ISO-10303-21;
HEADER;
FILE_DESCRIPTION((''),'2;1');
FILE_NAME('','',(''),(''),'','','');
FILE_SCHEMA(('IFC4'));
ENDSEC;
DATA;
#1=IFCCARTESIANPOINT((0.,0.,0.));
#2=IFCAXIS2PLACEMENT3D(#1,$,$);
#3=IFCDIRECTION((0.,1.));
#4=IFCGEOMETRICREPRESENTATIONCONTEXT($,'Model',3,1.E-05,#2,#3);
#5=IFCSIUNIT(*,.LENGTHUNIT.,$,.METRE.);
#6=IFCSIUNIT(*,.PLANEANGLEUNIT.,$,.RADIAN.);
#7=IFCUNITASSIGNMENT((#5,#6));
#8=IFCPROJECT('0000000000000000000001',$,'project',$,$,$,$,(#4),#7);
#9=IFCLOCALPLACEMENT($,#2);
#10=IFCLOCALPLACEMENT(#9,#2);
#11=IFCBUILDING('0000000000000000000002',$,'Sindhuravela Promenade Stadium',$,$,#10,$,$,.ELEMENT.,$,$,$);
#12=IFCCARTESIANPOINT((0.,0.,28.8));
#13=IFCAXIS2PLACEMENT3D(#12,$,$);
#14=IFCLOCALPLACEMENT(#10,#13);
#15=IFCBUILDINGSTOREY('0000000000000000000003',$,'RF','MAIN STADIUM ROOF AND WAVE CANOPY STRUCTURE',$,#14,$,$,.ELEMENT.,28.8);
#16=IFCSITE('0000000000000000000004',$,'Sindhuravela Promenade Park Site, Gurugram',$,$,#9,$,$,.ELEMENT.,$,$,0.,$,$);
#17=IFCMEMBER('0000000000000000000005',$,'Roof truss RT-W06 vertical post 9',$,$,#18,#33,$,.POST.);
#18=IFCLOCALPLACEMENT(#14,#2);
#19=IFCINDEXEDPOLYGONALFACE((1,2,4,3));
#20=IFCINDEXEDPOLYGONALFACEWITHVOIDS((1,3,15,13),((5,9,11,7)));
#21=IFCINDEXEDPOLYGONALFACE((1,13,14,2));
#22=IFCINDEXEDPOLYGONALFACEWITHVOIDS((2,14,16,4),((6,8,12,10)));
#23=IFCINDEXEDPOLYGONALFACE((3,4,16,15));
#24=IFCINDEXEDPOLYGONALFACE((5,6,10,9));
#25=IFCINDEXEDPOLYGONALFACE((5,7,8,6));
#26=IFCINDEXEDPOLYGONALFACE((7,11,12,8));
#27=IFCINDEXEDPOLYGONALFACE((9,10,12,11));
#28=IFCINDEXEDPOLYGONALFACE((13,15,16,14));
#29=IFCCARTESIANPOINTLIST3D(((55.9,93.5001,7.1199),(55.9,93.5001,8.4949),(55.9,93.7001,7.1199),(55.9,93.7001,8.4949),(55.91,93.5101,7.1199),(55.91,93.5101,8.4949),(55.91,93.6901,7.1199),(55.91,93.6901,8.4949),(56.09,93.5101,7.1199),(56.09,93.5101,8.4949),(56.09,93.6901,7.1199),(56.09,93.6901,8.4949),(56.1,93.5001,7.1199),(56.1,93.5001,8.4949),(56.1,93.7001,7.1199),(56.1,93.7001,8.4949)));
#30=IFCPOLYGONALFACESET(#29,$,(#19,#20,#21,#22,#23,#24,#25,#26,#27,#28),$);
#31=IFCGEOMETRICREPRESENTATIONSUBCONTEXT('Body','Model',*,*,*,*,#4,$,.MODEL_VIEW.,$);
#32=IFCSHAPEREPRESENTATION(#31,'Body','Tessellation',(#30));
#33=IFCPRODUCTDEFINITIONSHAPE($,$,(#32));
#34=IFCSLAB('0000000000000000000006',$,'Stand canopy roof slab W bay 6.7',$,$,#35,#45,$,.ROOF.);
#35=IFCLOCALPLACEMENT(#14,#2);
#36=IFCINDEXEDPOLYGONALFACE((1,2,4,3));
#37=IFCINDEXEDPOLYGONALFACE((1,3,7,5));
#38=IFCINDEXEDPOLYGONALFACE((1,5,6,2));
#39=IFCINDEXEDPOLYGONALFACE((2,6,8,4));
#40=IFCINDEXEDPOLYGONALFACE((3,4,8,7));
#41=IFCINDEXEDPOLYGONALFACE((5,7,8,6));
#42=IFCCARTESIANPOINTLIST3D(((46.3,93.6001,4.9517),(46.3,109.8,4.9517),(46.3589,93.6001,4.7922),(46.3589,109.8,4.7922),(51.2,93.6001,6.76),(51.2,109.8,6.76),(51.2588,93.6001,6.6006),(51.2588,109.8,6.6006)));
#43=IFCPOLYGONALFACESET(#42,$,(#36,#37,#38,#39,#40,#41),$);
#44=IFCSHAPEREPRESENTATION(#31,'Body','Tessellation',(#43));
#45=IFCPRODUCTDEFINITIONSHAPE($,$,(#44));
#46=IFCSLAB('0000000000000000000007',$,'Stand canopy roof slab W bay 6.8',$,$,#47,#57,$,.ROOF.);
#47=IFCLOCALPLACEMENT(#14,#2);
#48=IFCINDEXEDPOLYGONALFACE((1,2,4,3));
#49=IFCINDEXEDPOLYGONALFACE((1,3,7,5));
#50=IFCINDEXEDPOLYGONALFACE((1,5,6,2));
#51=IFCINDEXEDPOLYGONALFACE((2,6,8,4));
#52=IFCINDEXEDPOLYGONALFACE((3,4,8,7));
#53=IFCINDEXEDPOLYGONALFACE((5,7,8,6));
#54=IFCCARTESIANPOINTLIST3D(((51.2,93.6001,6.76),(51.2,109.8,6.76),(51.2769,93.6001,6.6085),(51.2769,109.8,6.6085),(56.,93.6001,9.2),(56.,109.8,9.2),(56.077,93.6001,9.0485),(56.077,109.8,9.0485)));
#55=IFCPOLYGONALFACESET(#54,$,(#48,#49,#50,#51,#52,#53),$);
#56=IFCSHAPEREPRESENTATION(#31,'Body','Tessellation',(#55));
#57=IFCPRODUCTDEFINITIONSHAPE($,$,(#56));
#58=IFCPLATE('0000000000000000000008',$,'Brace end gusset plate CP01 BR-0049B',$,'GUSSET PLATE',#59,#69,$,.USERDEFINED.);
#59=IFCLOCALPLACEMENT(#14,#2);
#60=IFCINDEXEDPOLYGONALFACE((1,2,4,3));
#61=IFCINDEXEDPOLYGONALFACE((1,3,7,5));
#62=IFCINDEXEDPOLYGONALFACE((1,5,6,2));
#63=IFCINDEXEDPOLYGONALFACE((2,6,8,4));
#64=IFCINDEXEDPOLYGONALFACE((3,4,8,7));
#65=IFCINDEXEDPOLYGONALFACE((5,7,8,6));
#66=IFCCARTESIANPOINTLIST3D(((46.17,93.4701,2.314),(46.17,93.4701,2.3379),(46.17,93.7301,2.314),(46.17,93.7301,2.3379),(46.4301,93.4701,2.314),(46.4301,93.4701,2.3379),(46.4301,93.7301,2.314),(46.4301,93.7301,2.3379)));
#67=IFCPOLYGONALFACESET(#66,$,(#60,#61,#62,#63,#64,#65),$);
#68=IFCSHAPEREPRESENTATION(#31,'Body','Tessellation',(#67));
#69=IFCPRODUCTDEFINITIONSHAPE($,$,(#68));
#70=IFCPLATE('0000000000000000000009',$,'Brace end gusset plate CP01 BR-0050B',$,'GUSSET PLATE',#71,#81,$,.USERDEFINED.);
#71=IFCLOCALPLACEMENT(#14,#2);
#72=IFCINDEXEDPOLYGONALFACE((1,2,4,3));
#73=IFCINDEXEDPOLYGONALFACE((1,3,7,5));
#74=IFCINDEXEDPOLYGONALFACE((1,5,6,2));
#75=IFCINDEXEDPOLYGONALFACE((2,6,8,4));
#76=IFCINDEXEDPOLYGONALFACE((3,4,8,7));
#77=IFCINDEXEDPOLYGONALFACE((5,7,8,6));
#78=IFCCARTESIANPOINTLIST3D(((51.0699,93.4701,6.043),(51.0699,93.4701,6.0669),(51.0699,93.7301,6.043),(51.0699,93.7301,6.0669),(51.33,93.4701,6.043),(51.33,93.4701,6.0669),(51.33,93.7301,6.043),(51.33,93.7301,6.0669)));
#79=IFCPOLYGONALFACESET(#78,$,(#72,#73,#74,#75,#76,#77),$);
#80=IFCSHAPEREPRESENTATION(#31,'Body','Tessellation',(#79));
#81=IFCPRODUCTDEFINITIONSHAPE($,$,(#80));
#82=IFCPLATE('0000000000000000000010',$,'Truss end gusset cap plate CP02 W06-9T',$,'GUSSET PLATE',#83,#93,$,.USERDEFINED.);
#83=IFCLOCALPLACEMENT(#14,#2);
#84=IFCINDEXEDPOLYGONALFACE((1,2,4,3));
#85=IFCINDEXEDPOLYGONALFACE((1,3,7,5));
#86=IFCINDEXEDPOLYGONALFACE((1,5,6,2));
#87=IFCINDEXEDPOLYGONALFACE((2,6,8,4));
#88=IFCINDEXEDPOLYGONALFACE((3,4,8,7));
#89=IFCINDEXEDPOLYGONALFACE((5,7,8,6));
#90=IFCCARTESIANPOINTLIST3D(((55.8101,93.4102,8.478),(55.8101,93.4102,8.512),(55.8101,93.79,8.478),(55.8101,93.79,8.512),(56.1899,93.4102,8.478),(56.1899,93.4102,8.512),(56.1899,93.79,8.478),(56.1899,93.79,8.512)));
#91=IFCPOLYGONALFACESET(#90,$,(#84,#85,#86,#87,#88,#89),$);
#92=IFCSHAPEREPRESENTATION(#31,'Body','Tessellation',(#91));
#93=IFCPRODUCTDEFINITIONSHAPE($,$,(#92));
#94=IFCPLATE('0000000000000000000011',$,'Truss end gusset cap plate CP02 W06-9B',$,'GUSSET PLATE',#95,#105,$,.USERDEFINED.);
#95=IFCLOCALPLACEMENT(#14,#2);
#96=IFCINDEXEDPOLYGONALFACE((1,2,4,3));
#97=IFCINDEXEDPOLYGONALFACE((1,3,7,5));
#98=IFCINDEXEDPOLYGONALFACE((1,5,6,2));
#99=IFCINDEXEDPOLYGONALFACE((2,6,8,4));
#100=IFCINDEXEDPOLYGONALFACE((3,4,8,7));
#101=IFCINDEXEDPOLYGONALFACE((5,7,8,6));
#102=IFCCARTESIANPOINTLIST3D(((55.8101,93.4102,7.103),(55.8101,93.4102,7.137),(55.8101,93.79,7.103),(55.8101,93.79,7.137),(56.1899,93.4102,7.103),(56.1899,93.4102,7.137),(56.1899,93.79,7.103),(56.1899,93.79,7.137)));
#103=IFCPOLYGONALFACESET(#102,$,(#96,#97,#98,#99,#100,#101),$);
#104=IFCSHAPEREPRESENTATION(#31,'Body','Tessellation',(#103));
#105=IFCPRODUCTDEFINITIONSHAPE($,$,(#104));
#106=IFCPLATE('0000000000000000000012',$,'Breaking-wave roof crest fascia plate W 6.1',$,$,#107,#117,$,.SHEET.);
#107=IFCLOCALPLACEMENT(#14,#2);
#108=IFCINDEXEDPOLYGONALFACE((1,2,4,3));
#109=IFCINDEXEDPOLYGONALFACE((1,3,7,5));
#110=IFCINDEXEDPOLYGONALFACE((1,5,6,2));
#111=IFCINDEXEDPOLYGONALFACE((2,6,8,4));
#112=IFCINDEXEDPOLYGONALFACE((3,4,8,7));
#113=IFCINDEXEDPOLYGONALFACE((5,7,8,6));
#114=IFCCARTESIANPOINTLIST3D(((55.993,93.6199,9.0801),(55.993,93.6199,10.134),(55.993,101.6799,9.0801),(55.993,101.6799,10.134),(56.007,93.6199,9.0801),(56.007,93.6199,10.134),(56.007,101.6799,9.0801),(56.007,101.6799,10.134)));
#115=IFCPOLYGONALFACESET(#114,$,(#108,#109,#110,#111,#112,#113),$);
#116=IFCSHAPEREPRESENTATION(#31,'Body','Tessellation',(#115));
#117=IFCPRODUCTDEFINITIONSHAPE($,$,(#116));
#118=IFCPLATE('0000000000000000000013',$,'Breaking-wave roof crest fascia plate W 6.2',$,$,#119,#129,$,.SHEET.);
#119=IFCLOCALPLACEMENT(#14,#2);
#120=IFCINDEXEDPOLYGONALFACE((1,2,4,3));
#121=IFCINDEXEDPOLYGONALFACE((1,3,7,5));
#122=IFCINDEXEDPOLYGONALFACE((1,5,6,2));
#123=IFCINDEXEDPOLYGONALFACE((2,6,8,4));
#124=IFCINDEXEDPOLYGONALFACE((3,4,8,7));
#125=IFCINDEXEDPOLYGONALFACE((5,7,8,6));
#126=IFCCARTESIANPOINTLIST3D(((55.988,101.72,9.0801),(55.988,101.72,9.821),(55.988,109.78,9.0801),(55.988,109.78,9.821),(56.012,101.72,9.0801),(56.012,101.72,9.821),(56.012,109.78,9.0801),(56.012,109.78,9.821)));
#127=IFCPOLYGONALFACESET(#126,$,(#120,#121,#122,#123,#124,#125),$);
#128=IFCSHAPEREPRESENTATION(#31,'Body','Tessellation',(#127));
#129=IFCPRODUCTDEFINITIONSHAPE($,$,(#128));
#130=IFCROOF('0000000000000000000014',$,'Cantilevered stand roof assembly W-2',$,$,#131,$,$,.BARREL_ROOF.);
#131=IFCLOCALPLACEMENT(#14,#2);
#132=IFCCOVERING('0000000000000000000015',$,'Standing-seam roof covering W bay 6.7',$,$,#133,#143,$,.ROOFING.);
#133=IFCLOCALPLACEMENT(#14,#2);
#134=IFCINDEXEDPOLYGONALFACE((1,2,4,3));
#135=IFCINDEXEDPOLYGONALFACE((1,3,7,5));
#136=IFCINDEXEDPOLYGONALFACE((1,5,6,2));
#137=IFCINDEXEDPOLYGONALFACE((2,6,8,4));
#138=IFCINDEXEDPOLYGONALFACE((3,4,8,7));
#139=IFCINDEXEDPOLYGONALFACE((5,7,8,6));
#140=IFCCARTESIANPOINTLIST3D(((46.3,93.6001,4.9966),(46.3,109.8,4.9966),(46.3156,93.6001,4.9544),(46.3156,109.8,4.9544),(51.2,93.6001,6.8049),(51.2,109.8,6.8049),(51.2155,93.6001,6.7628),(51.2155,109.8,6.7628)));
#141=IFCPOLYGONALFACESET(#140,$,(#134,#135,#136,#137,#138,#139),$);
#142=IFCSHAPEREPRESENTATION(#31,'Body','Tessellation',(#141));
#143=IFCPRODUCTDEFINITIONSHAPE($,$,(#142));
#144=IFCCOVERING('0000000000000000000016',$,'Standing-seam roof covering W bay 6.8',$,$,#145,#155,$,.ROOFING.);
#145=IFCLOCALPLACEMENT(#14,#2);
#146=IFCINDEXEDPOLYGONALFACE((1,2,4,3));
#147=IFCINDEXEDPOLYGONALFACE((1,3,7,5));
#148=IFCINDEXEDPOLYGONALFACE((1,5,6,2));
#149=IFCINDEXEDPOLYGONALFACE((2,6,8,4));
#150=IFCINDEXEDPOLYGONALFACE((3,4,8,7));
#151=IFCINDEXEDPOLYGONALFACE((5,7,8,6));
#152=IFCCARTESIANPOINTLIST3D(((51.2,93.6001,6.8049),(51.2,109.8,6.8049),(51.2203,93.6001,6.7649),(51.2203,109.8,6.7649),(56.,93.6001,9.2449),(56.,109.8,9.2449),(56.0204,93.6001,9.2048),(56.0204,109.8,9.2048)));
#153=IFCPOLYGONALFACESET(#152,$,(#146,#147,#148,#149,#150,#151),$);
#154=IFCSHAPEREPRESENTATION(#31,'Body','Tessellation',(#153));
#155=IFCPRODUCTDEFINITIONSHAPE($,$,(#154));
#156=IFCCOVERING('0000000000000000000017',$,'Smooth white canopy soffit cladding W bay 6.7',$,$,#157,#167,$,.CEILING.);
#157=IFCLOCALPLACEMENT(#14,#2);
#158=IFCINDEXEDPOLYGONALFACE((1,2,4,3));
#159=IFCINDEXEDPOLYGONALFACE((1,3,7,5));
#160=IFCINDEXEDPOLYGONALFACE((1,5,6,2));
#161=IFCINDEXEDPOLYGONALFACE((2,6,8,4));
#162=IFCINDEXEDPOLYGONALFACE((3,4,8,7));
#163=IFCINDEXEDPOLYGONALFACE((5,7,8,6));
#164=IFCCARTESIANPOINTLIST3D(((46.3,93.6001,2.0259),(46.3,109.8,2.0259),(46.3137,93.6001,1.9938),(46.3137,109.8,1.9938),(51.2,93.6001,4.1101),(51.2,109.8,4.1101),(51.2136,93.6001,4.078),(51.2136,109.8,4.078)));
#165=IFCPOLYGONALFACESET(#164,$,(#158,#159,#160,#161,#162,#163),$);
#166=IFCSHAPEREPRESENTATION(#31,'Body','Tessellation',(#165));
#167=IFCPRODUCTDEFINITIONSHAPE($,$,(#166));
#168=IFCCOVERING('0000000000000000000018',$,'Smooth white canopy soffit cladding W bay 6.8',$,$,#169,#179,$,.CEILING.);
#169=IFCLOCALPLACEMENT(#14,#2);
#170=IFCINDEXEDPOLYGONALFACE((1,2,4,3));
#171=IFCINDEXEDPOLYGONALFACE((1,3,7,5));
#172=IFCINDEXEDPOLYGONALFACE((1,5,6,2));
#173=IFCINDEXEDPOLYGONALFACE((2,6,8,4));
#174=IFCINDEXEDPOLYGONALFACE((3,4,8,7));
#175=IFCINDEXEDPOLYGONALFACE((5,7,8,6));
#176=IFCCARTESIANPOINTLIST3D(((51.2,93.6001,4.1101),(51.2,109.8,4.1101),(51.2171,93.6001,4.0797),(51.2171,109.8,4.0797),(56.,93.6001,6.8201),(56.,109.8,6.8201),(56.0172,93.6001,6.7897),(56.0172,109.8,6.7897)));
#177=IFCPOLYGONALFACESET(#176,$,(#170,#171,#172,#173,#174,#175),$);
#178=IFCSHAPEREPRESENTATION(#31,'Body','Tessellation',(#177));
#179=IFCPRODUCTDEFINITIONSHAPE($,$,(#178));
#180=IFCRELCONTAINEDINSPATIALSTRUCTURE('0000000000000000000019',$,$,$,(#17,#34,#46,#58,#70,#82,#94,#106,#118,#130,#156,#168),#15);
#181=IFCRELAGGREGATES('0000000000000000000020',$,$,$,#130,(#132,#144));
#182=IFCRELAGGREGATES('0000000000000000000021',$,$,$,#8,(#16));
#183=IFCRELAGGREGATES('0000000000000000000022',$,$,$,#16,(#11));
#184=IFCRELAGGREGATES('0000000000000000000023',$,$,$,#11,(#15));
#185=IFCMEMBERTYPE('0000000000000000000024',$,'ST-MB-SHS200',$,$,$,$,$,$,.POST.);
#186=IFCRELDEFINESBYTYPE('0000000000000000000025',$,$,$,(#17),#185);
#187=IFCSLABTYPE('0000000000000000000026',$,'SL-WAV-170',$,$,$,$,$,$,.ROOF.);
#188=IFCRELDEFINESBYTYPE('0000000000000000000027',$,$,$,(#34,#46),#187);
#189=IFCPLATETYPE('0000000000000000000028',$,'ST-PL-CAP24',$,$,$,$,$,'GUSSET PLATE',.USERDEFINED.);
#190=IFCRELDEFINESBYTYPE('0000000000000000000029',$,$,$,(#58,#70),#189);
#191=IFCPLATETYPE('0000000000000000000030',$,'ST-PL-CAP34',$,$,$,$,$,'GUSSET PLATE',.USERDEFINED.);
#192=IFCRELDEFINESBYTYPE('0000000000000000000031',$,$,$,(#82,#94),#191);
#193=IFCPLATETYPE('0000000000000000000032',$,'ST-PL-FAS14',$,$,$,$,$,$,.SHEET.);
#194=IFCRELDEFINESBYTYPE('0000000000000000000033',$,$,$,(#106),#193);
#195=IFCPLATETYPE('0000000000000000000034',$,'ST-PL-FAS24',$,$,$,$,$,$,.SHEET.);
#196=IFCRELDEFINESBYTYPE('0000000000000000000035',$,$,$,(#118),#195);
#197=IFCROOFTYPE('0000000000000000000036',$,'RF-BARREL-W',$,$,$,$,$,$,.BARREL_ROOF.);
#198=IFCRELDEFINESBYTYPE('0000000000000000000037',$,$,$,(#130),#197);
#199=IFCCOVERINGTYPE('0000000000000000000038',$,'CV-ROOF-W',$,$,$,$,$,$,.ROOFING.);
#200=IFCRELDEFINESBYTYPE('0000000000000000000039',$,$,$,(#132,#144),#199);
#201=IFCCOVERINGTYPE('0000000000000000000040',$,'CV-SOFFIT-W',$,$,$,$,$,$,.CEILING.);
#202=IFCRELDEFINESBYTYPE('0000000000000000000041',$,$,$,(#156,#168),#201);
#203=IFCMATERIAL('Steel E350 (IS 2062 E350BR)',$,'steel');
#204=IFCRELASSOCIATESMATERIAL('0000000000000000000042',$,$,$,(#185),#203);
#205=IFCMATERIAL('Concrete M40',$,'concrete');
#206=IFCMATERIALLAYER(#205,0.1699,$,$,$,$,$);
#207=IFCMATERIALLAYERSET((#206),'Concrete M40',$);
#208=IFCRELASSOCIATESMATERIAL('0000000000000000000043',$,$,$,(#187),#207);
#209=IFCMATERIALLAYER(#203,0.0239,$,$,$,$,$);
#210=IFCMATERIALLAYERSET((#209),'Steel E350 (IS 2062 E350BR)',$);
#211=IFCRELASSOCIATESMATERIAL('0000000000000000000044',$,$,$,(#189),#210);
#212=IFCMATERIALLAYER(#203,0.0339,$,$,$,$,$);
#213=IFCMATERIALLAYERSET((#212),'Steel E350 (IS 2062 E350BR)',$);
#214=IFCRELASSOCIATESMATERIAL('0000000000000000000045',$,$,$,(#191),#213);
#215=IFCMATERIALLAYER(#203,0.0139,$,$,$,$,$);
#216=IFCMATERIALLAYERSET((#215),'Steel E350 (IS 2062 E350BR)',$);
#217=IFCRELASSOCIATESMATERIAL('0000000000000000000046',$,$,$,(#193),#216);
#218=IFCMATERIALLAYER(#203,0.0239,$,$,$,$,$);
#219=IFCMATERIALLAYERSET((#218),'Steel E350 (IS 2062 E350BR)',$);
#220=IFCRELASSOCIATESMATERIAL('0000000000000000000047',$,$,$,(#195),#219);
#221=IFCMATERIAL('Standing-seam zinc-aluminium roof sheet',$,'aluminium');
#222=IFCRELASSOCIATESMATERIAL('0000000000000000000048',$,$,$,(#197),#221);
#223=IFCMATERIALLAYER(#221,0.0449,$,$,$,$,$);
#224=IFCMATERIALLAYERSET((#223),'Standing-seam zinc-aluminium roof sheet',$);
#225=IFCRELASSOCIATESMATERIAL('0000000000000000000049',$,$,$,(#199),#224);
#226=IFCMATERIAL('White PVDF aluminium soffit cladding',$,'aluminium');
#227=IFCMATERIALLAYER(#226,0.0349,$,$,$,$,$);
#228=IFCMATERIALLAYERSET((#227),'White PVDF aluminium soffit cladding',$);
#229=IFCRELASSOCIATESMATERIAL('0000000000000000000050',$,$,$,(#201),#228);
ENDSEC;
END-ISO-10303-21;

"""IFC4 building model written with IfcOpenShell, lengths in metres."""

from ifc_helpers import new_model, si_unit, direction, frame, origin, origin_2d, place, context, subcontext, project, spatial, polyline, rectangle, hollow_rectangle, outline, extrude, material, layer, layer_set, material_profile, profile_set, type_object, element, aggregate, save


model = new_model("IFC4")

# Units and contexts
model_context = context("Model", 3, precision=1e-05, world=origin(), true_north=direction((0.0, 1.0)))
body_context = subcontext(model_context, "Body", "Model", "MODEL_VIEW")
ifc_project = project(units=[si_unit("LENGTHUNIT", "METRE"), si_unit("PLANEANGLEUNIT", "RADIAN")], contexts=[model_context])

# Site, building, storey
site_placement = place(None, origin())
site = spatial("IfcSite", under=ifc_project, at=site_placement, Name="Sindhuravela Promenade Park Site, Gurugram", CompositionType="ELEMENT", RefElevation=0.0)
building_placement = place(site_placement, origin())
building = spatial("IfcBuilding", under=site, at=building_placement, Name="Sindhuravela Promenade Stadium", CompositionType="ELEMENT")
storey_placement = place(building_placement, frame((0.0, 0.0, 28.8)))
storey = spatial("IfcBuildingStorey", under=building, at=storey_placement, Name="RF", Description="MAIN STADIUM ROOF AND WAVE CANOPY STRUCTURE", CompositionType="ELEMENT", Elevation=28.8)

# Shared definitions
ifc_material_1 = material(Name="Steel E350 (IS 2062 E350BR)", Category="steel")

# Member
ifc_material_profile_1 = material_profile(ifc_material_1, hollow_rectangle(XDim=0.2, YDim=0.2, WallThickness=0.01, at=origin_2d()), Name="SHS 200x200x10")
ifc_profile_set_1 = profile_set([ifc_material_profile_1], Name="Steel E350 (IS 2062 E350BR)")
member_type_1 = type_object("IfcMemberType", Name="ST-MB-SHS200", PredefinedType="POST", material=ifc_profile_set_1)
member_1_placement = place(storey_placement, frame((56.0, 93.6001, 7.1199), z_axis=(0.0, 0.0, 1.0), x_axis=(1.0, 0.0, 0.0)))
element("IfcMember", 1, at=member_1_placement, inside=storey, type_object=member_type_1, Name="Roof truss RT-W06 vertical post 9", PredefinedType="POST", context=body_context, shape_type="SweptSolid", body=[
    extrude(hollow_rectangle(XDim=0.2, YDim=0.2, WallThickness=0.01, at=origin_2d()), origin(), (0.0, 0.0, 1.0), 1.375),
])

# Slabs
ifc_material_2 = material(Name="Concrete M40", Category="concrete")
ifc_layer_1 = layer(ifc_material_2, 0.1699)
ifc_layer_set_1 = layer_set([ifc_layer_1], Name="Concrete M40")
slab_type = type_object("IfcSlabType", Name="SL-WAV-170", PredefinedType="ROOF", material=ifc_layer_set_1)
slab_1_placement = place(storey_placement, frame((46.3, 93.6001, 4.9517), z_axis=(-0.346232, 0.0, 0.938149), x_axis=(0.0, 1.0, 0.0)))
element("IfcSlab", 2, at=slab_1_placement, inside=storey, type_object=slab_type, Name="Stand canopy roof slab W bay 6.7", PredefinedType="ROOF", context=body_context, shape_type="SweptSolid", body=[
    extrude(outline(polyline([(0.0, 0.0), (0.0, -5.2229), (16.2, -5.2229), (16.2, 0.0), (0.0, 0.0)])), origin(), (0.0, 0.0, -1.0), 0.1699),
])
slab_2_placement = place(storey_placement, frame((51.2, 93.6001, 6.76), z_axis=(-0.453134, 0.0, 0.891442), x_axis=(0.0, 1.0, 0.0)))
element("IfcSlab", 3, at=slab_2_placement, inside=storey, type_object=slab_type, Name="Stand canopy roof slab W bay 6.8", PredefinedType="ROOF", context=body_context, shape_type="SweptSolid", body=[
    extrude(outline(polyline([(0.0, 0.0), (0.0, -5.3846), (16.2, -5.3846), (16.2, 0.0), (0.0, 0.0)])), origin(), (0.0, 0.0, -1.0), 0.1699),
])

# Plates
ifc_layer_2 = layer(ifc_material_1, 0.0239)
ifc_layer_set_2 = layer_set([ifc_layer_2], Name="Steel E350 (IS 2062 E350BR)")
plate_type_1 = type_object("IfcPlateType", Name="ST-PL-CAP24", ElementType="GUSSET PLATE", PredefinedType="USERDEFINED", material=ifc_layer_set_2)
for number, where, z_axis, x_axis, name in (
    (4, (46.3, 93.6001, 2.314), (0.0, 0.0, 1.0), (1.0, 0.0, 0.0), "Brace end gusset plate CP01 BR-0049B"),
    (5, (51.2, 93.6001, 6.043), (0.0, 0.0, 1.0), (1.0, 0.0, 0.0), "Brace end gusset plate CP01 BR-0050B"),
):
    element("IfcPlate", number, at=place(storey_placement, frame(where, z_axis=z_axis, x_axis=x_axis)), inside=storey, type_object=plate_type_1, Name=name, ObjectType="GUSSET PLATE", PredefinedType="USERDEFINED", context=body_context, shape_type="SweptSolid", body=[
        extrude(rectangle(XDim=0.26, YDim=0.26, at=origin_2d()), origin(), (0.0, 0.0, 1.0), 0.0239),
    ])
ifc_layer_3 = layer(ifc_material_1, 0.0339)
ifc_layer_set_3 = layer_set([ifc_layer_3], Name="Steel E350 (IS 2062 E350BR)")
plate_type_2 = type_object("IfcPlateType", Name="ST-PL-CAP34", ElementType="GUSSET PLATE", PredefinedType="USERDEFINED", material=ifc_layer_set_3)
for number, where, z_axis, x_axis, name in (
    (6, (56.0, 93.6001, 8.478), (0.0, 0.0, 1.0), (1.0, 0.0, 0.0), "Truss end gusset cap plate CP02 W06-9T"),
    (7, (56.0, 93.6001, 7.103), (0.0, 0.0, 1.0), (1.0, 0.0, 0.0), "Truss end gusset cap plate CP02 W06-9B"),
):
    element("IfcPlate", number, at=place(storey_placement, frame(where, z_axis=z_axis, x_axis=x_axis)), inside=storey, type_object=plate_type_2, Name=name, ObjectType="GUSSET PLATE", PredefinedType="USERDEFINED", context=body_context, shape_type="SweptSolid", body=[
        extrude(rectangle(XDim=0.3799, YDim=0.3799, at=origin_2d()), origin(), (0.0, 0.0, 1.0), 0.0339),
    ])
ifc_layer_4 = layer(ifc_material_1, 0.0139)
ifc_layer_set_4 = layer_set([ifc_layer_4], Name="Steel E350 (IS 2062 E350BR)")
plate_type_3 = type_object("IfcPlateType", Name="ST-PL-FAS14", PredefinedType="SHEET", material=ifc_layer_set_4)
plate_1_placement = place(storey_placement, frame((56.0, 97.6499, 9.0801), z_axis=(0.0, 0.0, 1.0), x_axis=(0.0, 1.0, 0.0)))
element("IfcPlate", 8, at=plate_1_placement, inside=storey, type_object=plate_type_3, Name="Breaking-wave roof crest fascia plate W 6.1", PredefinedType="SHEET", context=body_context, shape_type="SweptSolid", body=[
    extrude(rectangle(XDim=8.0601, YDim=0.0139, at=origin_2d()), origin(), (0.0, 0.0, 1.0), 1.054),
])
ifc_layer_5 = layer(ifc_material_1, 0.0239)
ifc_layer_set_5 = layer_set([ifc_layer_5], Name="Steel E350 (IS 2062 E350BR)")
plate_type_4 = type_object("IfcPlateType", Name="ST-PL-FAS24", PredefinedType="SHEET", material=ifc_layer_set_5)
plate_2_placement = place(storey_placement, frame((56.0, 105.75, 9.0801), z_axis=(0.0, 0.0, 1.0), x_axis=(0.0, 1.0, 0.0)))
element("IfcPlate", 9, at=plate_2_placement, inside=storey, type_object=plate_type_4, Name="Breaking-wave roof crest fascia plate W 6.2", PredefinedType="SHEET", context=body_context, shape_type="SweptSolid", body=[
    extrude(rectangle(XDim=8.0601, YDim=0.0239, at=origin_2d()), origin(), (0.0, 0.0, 1.0), 0.741),
])

# Roof, coverings
ifc_material_3 = material(Name="Standing-seam zinc-aluminium roof sheet", Category="aluminium")
roof_type = type_object("IfcRoofType", Name="RF-BARREL-W", PredefinedType="BARREL_ROOF", material=ifc_material_3)
roof_placement = place(storey_placement, origin())
roof = element("IfcRoof", 10, at=roof_placement, inside=storey, type_object=roof_type, Name="Cantilevered stand roof assembly W-2", PredefinedType="BARREL_ROOF")
ifc_layer_6 = layer(ifc_material_3, 0.0449)
ifc_layer_set_6 = layer_set([ifc_layer_6], Name="Standing-seam zinc-aluminium roof sheet")
covering_type_1 = type_object("IfcCoveringType", Name="CV-ROOF-W", PredefinedType="ROOFING", material=ifc_layer_set_6)
covering_1_placement = place(storey_placement, frame((46.3, 93.6001, 4.9966), z_axis=(-0.346232, 0.0, 0.938149), x_axis=(0.0, 1.0, 0.0)))
covering_1 = element("IfcCovering", 11, at=covering_1_placement, type_object=covering_type_1, Name="Standing-seam roof covering W bay 6.7", PredefinedType="ROOFING", context=body_context, shape_type="SweptSolid", body=[
    extrude(outline(polyline([(0.0, 0.0), (0.0, -5.2229), (16.2, -5.2229), (16.2, 0.0), (0.0, 0.0)])), origin(), (0.0, 0.0, -1.0), 0.0449),
])
covering_2_placement = place(storey_placement, frame((51.2, 93.6001, 6.8049), z_axis=(-0.453134, 0.0, 0.891442), x_axis=(0.0, 1.0, 0.0)))
covering_2 = element("IfcCovering", 12, at=covering_2_placement, type_object=covering_type_1, Name="Standing-seam roof covering W bay 6.8", PredefinedType="ROOFING", context=body_context, shape_type="SweptSolid", body=[
    extrude(outline(polyline([(0.0, 0.0), (0.0, -5.3846), (16.2, -5.3846), (16.2, 0.0), (0.0, 0.0)])), origin(), (0.0, 0.0, -1.0), 0.0449),
])
aggregate(roof, [covering_1, covering_2])

# Coverings
ifc_material_4 = material(Name="White PVDF aluminium soffit cladding", Category="aluminium")
ifc_layer_7 = layer(ifc_material_4, 0.0349)
ifc_layer_set_7 = layer_set([ifc_layer_7], Name="White PVDF aluminium soffit cladding")
covering_type_2 = type_object("IfcCoveringType", Name="CV-SOFFIT-W", PredefinedType="CEILING", material=ifc_layer_set_7)
covering_3_placement = place(storey_placement, frame((46.3, 93.6001, 2.0259), z_axis=(-0.391422, 0.0, 0.920211), x_axis=(0.0, 1.0, 0.0)))
element("IfcCovering", 13, at=covering_3_placement, inside=storey, type_object=covering_type_2, Name="Smooth white canopy soffit cladding W bay 6.7", PredefinedType="CEILING", context=body_context, shape_type="SweptSolid", body=[
    extrude(outline(polyline([(0.0, 0.0), (0.0, -5.3248), (16.2, -5.3248), (16.2, 0.0), (0.0, 0.0)])), origin(), (0.0, 0.0, -1.0), 0.0349),
])
covering_4_placement = place(storey_placement, frame((51.2, 93.6001, 4.1101), z_axis=(-0.49163, 0.0, 0.870804), x_axis=(0.0, 1.0, 0.0)))
element("IfcCovering", 14, at=covering_4_placement, inside=storey, type_object=covering_type_2, Name="Smooth white canopy soffit cladding W bay 6.8", PredefinedType="CEILING", context=body_context, shape_type="SweptSolid", body=[
    extrude(outline(polyline([(0.0, 0.0), (0.0, -5.5122), (16.2, -5.5122), (16.2, 0.0), (0.0, 0.0)])), origin(), (0.0, 0.0, -1.0), 0.0349),
])

save(model, "model.ifc")
